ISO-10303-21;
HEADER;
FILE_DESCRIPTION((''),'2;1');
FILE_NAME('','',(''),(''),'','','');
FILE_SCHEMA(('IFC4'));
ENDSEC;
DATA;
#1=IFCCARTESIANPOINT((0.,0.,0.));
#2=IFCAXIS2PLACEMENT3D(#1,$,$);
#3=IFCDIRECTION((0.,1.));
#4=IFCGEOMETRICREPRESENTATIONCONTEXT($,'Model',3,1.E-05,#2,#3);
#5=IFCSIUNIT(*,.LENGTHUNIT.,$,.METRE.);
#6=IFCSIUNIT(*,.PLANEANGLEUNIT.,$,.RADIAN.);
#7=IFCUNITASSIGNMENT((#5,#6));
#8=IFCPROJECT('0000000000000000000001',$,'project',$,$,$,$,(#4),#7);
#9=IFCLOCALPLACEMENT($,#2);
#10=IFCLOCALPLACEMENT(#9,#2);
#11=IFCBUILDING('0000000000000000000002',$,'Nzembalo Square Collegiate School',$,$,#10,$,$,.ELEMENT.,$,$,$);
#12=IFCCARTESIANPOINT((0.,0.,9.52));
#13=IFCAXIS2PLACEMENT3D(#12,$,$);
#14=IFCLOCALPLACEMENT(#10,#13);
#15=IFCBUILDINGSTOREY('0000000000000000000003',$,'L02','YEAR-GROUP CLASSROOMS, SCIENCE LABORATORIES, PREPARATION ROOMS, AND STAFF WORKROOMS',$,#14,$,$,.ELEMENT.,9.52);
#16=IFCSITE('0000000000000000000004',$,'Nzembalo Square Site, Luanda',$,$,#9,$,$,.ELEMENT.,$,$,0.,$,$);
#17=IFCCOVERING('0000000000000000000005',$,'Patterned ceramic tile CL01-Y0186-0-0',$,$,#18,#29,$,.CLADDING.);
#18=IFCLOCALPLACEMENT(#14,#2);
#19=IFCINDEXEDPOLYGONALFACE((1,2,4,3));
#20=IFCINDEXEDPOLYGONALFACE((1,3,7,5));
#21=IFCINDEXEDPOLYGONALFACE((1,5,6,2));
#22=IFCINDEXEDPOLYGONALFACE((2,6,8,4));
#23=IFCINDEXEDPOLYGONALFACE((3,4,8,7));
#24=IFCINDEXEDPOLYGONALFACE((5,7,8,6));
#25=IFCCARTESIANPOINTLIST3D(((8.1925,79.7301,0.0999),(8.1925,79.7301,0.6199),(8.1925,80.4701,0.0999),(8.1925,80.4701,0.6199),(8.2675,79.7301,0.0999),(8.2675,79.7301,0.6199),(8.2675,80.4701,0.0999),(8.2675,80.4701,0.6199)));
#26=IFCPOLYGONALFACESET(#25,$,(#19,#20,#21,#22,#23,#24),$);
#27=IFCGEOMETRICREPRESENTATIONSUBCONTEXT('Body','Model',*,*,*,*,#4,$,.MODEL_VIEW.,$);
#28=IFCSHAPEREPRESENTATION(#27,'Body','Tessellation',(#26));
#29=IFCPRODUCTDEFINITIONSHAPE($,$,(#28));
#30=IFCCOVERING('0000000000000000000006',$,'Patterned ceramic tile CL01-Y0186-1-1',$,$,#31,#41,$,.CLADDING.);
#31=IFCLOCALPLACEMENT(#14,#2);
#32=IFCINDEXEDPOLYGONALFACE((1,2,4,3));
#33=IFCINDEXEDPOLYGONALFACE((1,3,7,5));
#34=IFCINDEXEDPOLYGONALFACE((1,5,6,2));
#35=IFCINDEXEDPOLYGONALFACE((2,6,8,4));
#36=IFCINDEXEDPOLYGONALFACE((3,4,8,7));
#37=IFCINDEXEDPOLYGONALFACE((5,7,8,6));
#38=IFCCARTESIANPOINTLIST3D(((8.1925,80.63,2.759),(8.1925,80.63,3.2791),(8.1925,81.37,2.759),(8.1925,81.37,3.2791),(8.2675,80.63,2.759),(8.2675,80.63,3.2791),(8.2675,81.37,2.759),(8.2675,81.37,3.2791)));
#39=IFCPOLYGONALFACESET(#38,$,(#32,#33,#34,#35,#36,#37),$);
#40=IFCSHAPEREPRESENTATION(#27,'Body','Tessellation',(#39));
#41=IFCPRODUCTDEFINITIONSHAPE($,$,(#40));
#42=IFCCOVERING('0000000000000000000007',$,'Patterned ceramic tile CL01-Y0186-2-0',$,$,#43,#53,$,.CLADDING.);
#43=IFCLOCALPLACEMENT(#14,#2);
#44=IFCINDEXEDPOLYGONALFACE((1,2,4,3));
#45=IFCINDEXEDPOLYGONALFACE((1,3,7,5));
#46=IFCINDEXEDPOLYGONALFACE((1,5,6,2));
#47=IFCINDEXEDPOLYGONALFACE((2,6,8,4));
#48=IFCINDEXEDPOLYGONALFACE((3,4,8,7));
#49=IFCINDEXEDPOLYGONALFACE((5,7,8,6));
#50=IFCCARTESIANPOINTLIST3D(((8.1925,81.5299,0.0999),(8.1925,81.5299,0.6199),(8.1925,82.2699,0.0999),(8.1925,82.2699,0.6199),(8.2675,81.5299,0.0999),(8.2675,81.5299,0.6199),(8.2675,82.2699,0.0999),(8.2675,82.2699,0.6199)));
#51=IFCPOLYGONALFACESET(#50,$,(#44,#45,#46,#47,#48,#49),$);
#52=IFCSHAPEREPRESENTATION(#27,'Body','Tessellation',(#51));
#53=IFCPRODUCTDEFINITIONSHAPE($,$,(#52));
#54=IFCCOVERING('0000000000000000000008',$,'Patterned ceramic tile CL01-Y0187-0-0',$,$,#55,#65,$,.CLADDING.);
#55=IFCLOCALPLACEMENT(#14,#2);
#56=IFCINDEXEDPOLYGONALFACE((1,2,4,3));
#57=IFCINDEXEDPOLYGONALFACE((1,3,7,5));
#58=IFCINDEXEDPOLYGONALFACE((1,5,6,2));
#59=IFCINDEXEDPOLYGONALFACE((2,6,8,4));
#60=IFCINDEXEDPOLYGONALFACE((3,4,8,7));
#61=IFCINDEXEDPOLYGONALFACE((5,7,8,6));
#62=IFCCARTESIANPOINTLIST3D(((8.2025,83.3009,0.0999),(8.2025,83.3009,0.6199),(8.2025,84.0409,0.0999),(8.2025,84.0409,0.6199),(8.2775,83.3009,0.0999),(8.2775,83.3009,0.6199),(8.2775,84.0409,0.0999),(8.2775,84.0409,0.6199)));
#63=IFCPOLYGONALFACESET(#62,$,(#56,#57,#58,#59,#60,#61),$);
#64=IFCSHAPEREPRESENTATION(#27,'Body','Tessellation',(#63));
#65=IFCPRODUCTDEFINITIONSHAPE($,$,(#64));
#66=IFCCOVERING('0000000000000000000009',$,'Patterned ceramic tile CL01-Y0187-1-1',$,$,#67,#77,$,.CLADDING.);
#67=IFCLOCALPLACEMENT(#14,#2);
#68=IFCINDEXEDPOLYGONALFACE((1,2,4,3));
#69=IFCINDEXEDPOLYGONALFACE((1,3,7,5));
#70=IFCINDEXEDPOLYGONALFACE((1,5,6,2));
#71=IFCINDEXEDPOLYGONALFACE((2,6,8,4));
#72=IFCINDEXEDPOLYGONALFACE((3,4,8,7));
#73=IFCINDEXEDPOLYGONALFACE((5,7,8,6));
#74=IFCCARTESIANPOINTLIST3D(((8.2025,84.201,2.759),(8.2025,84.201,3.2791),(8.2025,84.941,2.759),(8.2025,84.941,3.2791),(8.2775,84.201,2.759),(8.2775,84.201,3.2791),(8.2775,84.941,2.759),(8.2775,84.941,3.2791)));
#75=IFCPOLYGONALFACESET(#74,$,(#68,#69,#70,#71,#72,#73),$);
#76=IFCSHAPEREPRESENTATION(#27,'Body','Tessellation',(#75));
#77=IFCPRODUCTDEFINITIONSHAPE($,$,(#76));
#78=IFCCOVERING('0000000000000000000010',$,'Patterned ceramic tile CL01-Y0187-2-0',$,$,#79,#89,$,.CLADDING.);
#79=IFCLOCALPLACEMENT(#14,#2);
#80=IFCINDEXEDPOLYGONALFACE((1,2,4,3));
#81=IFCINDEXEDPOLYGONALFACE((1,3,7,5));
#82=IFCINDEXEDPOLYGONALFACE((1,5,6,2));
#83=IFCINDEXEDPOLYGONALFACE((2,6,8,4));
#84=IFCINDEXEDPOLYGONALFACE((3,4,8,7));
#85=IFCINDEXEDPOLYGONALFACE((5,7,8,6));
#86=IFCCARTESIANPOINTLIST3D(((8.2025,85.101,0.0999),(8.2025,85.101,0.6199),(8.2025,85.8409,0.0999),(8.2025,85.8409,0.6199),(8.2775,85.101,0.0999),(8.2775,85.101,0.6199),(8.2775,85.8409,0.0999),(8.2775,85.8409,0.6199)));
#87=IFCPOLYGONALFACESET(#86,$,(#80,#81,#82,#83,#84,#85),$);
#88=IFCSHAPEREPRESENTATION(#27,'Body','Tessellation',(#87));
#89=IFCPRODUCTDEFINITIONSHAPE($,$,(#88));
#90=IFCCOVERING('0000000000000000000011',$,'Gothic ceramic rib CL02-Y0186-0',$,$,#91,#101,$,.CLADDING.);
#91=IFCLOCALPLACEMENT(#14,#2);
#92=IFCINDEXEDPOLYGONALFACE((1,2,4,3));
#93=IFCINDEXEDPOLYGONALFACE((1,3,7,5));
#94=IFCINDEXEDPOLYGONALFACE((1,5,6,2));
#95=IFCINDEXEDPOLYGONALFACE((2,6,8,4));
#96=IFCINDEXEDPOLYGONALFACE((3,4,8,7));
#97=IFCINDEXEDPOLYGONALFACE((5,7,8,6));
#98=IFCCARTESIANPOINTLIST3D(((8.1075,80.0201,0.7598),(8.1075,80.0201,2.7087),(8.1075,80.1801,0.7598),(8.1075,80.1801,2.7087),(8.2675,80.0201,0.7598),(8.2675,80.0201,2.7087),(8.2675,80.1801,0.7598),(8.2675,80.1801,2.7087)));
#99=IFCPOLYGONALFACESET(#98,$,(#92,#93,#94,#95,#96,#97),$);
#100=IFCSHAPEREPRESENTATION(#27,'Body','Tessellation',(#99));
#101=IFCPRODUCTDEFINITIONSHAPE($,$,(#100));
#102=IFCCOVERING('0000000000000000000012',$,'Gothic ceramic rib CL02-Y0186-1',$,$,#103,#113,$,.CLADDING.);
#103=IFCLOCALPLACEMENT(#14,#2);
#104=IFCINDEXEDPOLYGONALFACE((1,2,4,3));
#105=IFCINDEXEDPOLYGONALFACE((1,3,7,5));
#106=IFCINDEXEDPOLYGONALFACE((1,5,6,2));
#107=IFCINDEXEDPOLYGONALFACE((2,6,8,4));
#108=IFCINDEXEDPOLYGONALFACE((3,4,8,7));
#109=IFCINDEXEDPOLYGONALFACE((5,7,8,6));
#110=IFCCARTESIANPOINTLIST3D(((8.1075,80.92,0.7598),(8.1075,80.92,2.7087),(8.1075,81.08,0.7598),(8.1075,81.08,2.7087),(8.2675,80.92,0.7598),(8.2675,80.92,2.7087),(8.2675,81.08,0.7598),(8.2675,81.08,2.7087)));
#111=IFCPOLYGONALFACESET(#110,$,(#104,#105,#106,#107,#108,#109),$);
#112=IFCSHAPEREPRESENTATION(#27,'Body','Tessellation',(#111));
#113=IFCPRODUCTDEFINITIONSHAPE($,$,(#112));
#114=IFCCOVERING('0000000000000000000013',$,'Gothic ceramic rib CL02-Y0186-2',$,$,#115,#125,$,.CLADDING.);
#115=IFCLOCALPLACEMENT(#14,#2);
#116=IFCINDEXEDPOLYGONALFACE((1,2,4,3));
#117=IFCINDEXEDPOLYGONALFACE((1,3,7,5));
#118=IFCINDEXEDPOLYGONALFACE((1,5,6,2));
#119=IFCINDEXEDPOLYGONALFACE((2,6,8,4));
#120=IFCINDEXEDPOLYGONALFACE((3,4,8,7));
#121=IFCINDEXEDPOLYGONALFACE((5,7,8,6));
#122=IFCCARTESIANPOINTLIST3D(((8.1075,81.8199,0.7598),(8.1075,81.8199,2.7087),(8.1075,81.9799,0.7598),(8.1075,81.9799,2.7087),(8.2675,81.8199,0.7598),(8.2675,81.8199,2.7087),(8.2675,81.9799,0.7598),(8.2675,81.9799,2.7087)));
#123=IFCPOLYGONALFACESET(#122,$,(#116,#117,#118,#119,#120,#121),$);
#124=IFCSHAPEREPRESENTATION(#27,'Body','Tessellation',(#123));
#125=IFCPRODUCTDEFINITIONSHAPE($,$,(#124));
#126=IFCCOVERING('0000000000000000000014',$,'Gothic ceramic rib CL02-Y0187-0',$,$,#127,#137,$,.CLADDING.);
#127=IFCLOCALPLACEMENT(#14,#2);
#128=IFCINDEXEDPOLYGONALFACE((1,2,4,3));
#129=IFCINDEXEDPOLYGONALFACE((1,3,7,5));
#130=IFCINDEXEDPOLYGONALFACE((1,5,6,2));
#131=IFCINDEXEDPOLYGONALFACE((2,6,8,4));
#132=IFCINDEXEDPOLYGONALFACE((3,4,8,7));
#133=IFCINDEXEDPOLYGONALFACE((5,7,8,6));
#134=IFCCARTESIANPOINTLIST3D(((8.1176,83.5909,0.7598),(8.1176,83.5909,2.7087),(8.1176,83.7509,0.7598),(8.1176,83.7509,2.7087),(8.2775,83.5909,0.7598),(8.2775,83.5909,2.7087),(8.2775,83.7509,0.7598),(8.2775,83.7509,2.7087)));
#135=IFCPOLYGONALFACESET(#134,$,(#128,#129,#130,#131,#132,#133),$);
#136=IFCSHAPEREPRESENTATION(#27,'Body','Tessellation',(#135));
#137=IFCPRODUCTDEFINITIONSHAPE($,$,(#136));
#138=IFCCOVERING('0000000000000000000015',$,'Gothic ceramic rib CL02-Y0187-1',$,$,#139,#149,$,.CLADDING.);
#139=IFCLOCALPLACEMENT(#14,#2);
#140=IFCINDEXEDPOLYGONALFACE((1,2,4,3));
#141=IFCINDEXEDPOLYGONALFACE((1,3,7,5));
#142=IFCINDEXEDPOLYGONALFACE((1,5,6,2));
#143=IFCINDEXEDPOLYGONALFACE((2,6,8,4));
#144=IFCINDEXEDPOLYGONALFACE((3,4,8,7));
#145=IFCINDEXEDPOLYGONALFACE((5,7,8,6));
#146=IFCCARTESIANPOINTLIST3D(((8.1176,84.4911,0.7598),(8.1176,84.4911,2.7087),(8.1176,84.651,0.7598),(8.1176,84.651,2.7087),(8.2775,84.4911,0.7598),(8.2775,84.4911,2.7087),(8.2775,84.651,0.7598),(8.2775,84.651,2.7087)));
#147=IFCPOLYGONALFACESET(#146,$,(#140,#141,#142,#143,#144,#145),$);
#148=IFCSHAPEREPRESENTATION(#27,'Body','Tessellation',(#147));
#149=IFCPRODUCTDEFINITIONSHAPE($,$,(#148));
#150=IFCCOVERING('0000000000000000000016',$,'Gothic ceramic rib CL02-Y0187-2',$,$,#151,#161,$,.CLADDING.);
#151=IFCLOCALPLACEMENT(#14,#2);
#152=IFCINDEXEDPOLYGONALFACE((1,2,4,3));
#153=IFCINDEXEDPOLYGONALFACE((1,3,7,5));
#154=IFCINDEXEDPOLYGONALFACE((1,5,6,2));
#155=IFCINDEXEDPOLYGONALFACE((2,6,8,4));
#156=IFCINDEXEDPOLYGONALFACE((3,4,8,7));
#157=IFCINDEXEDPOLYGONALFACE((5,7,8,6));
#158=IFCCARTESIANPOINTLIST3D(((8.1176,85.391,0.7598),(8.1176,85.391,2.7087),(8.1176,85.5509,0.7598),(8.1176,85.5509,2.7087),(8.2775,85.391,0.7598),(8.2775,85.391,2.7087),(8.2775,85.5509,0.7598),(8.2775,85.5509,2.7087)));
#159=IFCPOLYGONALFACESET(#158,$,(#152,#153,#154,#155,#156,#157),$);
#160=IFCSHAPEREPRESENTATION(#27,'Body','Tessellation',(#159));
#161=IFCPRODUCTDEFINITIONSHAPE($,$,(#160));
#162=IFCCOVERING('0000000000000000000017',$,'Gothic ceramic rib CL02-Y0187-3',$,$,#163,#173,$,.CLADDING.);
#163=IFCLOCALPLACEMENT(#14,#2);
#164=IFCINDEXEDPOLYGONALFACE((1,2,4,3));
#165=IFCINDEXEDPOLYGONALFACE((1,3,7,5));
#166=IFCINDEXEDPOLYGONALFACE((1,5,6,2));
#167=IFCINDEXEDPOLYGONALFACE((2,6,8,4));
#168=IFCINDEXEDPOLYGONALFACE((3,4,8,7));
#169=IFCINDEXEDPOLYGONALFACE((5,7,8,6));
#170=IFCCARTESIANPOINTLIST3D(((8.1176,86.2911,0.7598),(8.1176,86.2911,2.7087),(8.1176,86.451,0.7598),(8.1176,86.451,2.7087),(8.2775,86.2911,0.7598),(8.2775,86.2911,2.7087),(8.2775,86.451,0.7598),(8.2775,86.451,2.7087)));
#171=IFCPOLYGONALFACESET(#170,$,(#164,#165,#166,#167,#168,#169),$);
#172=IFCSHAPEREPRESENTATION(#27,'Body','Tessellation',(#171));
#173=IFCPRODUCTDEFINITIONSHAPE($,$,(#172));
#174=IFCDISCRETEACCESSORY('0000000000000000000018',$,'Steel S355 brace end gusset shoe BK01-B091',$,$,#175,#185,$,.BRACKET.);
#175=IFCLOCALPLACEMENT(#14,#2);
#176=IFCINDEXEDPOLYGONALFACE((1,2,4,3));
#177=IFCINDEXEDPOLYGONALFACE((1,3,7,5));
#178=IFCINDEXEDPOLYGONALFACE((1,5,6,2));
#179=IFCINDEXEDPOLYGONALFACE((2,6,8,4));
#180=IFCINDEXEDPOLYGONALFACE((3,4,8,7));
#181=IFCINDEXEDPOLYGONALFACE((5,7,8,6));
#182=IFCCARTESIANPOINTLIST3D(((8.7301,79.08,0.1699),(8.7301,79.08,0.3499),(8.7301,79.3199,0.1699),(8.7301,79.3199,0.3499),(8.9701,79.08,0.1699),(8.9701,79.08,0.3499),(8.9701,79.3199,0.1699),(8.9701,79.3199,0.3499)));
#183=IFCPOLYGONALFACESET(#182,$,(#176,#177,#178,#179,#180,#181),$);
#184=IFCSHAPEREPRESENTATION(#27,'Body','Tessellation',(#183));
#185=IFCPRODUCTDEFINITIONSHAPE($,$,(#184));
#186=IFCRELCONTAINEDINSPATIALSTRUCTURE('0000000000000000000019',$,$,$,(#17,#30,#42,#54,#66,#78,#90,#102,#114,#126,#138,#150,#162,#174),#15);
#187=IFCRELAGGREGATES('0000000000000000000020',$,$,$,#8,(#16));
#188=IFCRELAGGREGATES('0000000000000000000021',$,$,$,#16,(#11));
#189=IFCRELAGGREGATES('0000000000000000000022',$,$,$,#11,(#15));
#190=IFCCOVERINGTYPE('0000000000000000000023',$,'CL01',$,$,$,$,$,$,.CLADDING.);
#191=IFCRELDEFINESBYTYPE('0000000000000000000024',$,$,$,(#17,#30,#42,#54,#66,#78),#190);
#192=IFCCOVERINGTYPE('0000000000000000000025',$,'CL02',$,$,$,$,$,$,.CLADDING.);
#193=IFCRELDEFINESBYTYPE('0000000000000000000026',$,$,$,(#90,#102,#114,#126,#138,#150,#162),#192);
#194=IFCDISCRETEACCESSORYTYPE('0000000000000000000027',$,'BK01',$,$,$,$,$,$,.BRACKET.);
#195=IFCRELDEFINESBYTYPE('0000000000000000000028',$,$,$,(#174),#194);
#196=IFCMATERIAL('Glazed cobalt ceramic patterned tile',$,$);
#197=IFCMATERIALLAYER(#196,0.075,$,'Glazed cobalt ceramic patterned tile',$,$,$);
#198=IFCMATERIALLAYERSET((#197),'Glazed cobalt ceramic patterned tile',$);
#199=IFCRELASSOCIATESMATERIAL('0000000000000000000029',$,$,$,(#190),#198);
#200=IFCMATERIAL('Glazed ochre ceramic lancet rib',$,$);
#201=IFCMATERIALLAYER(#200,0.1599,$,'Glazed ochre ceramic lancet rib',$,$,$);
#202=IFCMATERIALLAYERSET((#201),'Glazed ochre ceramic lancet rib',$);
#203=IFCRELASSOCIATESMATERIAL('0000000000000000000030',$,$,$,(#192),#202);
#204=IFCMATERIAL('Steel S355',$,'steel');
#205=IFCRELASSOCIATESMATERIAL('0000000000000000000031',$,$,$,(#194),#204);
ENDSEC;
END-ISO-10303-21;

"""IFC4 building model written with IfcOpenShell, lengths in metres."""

from ifc_helpers import new_model, si_unit, direction, frame, origin, origin_2d, place, context, subcontext, project, spatial, rectangle, extrude, material, layer, layer_set, type_object, element, save


model = new_model("IFC4")

# Units and contexts
model_context = context("Model", 3, precision=1e-05, world=origin(), true_north=direction((0.0, 1.0)))
body_context = subcontext(model_context, "Body", "Model", "MODEL_VIEW")
ifc_project = project(units=[si_unit("LENGTHUNIT", "METRE"), si_unit("PLANEANGLEUNIT", "RADIAN")], contexts=[model_context])

# Site, building, storey
site_placement = place(None, origin())
site = spatial("IfcSite", under=ifc_project, at=site_placement, Name="Nzembalo Square Site, Luanda", CompositionType="ELEMENT", RefElevation=0.0)
building_placement = place(site_placement, origin())
building = spatial("IfcBuilding", under=site, at=building_placement, Name="Nzembalo Square Collegiate School", CompositionType="ELEMENT")
storey_placement = place(building_placement, frame((0.0, 0.0, 9.52)))
storey = spatial("IfcBuildingStorey", under=building, at=storey_placement, Name="L02", Description="YEAR-GROUP CLASSROOMS, SCIENCE LABORATORIES, PREPARATION ROOMS, AND STAFF WORKROOMS", CompositionType="ELEMENT", Elevation=9.52)

# Coverings
ifc_material_1 = material(Name="Glazed cobalt ceramic patterned tile")
ifc_layer_1 = layer(ifc_material_1, 0.075, Name="Glazed cobalt ceramic patterned tile")
ifc_layer_set_1 = layer_set([ifc_layer_1], Name="Glazed cobalt ceramic patterned tile")
covering_type_1 = type_object("IfcCoveringType", Name="CL01", PredefinedType="CLADDING", material=ifc_layer_set_1)
for number, where, z_axis, x_axis, name in (
    (1, (8.23, 80.1001, 0.0999), (0.0, 0.0, 1.0), (1.0, 0.0, 0.0), "Patterned ceramic tile CL01-Y0186-0-0"),
    (2, (8.23, 81.0, 2.759), (0.0, 0.0, 1.0), (1.0, 0.0, 0.0), "Patterned ceramic tile CL01-Y0186-1-1"),
    (3, (8.23, 81.8999, 0.0999), (0.0, 0.0, 1.0), (1.0, 0.0, 0.0), "Patterned ceramic tile CL01-Y0186-2-0"),
    (4, (8.24, 83.6709, 0.0999), (0.0, 0.0, 1.0), (1.0, 0.0, 0.0), "Patterned ceramic tile CL01-Y0187-0-0"),
    (5, (8.24, 84.571, 2.759), (0.0, 0.0, 1.0), (1.0, 0.0, 0.0), "Patterned ceramic tile CL01-Y0187-1-1"),
    (6, (8.24, 85.4709, 0.0999), (0.0, 0.0, 1.0), (1.0, 0.0, 0.0), "Patterned ceramic tile CL01-Y0187-2-0"),
):
    element("IfcCovering", number, at=place(storey_placement, frame(where, z_axis=z_axis, x_axis=x_axis)), inside=storey, type_object=covering_type_1, Name=name, PredefinedType="CLADDING", context=body_context, shape_type="SweptSolid", body=[
        extrude(rectangle(XDim=0.075, YDim=0.74, at=origin_2d()), origin(), (0.0, 0.0, 1.0), 0.52),
    ])
ifc_material_2 = material(Name="Glazed ochre ceramic lancet rib")
ifc_layer_2 = layer(ifc_material_2, 0.1599, Name="Glazed ochre ceramic lancet rib")
ifc_layer_set_2 = layer_set([ifc_layer_2], Name="Glazed ochre ceramic lancet rib")
covering_type_2 = type_object("IfcCoveringType", Name="CL02", PredefinedType="CLADDING", material=ifc_layer_set_2)
for number, where, z_axis, x_axis, name in (
    (7, (8.1875, 80.1001, 0.7598), (0.0, 0.0, 1.0), (1.0, 0.0, 0.0), "Gothic ceramic rib CL02-Y0186-0"),
    (8, (8.1875, 81.0, 0.7598), (0.0, 0.0, 1.0), (1.0, 0.0, 0.0), "Gothic ceramic rib CL02-Y0186-1"),
    (9, (8.1875, 81.8999, 0.7598), (0.0, 0.0, 1.0), (1.0, 0.0, 0.0), "Gothic ceramic rib CL02-Y0186-2"),
    (10, (8.1975, 83.6709, 0.7598), (0.0, 0.0, 1.0), (1.0, 0.0, 0.0), "Gothic ceramic rib CL02-Y0187-0"),
    (11, (8.1975, 84.571, 0.7598), (0.0, 0.0, 1.0), (1.0, 0.0, 0.0), "Gothic ceramic rib CL02-Y0187-1"),
    (12, (8.1975, 85.4709, 0.7598), (0.0, 0.0, 1.0), (1.0, 0.0, 0.0), "Gothic ceramic rib CL02-Y0187-2"),
    (13, (8.1975, 86.3711, 0.7598), (0.0, 0.0, 1.0), (1.0, 0.0, 0.0), "Gothic ceramic rib CL02-Y0187-3"),
):
    element("IfcCovering", number, at=place(storey_placement, frame(where, z_axis=z_axis, x_axis=x_axis)), inside=storey, type_object=covering_type_2, Name=name, PredefinedType="CLADDING", context=body_context, shape_type="SweptSolid", body=[
        extrude(rectangle(XDim=0.1599, YDim=0.1599, at=origin_2d()), origin(), (0.0, 0.0, 1.0), 1.949),
    ])

# Discrete accessory
ifc_material_3 = material(Name="Steel S355", Category="steel")
discrete_accessory_type = type_object("IfcDiscreteAccessoryType", Name="BK01", PredefinedType="BRACKET", material=ifc_material_3)
discrete_accessory_placement = place(storey_placement, frame((8.8501, 79.2, 0.1699), z_axis=(0.0, 0.0, 1.0), x_axis=(1.0, 0.0, 0.0)))
element("IfcDiscreteAccessory", 14, at=discrete_accessory_placement, inside=storey, type_object=discrete_accessory_type, Name="Steel S355 brace end gusset shoe BK01-B091", PredefinedType="BRACKET", context=body_context, shape_type="SweptSolid", body=[
    extrude(rectangle(XDim=0.24, YDim=0.24, at=origin_2d()), origin(), (0.0, 0.0, 1.0), 0.1799),
])

save(model, "model.ifc")
